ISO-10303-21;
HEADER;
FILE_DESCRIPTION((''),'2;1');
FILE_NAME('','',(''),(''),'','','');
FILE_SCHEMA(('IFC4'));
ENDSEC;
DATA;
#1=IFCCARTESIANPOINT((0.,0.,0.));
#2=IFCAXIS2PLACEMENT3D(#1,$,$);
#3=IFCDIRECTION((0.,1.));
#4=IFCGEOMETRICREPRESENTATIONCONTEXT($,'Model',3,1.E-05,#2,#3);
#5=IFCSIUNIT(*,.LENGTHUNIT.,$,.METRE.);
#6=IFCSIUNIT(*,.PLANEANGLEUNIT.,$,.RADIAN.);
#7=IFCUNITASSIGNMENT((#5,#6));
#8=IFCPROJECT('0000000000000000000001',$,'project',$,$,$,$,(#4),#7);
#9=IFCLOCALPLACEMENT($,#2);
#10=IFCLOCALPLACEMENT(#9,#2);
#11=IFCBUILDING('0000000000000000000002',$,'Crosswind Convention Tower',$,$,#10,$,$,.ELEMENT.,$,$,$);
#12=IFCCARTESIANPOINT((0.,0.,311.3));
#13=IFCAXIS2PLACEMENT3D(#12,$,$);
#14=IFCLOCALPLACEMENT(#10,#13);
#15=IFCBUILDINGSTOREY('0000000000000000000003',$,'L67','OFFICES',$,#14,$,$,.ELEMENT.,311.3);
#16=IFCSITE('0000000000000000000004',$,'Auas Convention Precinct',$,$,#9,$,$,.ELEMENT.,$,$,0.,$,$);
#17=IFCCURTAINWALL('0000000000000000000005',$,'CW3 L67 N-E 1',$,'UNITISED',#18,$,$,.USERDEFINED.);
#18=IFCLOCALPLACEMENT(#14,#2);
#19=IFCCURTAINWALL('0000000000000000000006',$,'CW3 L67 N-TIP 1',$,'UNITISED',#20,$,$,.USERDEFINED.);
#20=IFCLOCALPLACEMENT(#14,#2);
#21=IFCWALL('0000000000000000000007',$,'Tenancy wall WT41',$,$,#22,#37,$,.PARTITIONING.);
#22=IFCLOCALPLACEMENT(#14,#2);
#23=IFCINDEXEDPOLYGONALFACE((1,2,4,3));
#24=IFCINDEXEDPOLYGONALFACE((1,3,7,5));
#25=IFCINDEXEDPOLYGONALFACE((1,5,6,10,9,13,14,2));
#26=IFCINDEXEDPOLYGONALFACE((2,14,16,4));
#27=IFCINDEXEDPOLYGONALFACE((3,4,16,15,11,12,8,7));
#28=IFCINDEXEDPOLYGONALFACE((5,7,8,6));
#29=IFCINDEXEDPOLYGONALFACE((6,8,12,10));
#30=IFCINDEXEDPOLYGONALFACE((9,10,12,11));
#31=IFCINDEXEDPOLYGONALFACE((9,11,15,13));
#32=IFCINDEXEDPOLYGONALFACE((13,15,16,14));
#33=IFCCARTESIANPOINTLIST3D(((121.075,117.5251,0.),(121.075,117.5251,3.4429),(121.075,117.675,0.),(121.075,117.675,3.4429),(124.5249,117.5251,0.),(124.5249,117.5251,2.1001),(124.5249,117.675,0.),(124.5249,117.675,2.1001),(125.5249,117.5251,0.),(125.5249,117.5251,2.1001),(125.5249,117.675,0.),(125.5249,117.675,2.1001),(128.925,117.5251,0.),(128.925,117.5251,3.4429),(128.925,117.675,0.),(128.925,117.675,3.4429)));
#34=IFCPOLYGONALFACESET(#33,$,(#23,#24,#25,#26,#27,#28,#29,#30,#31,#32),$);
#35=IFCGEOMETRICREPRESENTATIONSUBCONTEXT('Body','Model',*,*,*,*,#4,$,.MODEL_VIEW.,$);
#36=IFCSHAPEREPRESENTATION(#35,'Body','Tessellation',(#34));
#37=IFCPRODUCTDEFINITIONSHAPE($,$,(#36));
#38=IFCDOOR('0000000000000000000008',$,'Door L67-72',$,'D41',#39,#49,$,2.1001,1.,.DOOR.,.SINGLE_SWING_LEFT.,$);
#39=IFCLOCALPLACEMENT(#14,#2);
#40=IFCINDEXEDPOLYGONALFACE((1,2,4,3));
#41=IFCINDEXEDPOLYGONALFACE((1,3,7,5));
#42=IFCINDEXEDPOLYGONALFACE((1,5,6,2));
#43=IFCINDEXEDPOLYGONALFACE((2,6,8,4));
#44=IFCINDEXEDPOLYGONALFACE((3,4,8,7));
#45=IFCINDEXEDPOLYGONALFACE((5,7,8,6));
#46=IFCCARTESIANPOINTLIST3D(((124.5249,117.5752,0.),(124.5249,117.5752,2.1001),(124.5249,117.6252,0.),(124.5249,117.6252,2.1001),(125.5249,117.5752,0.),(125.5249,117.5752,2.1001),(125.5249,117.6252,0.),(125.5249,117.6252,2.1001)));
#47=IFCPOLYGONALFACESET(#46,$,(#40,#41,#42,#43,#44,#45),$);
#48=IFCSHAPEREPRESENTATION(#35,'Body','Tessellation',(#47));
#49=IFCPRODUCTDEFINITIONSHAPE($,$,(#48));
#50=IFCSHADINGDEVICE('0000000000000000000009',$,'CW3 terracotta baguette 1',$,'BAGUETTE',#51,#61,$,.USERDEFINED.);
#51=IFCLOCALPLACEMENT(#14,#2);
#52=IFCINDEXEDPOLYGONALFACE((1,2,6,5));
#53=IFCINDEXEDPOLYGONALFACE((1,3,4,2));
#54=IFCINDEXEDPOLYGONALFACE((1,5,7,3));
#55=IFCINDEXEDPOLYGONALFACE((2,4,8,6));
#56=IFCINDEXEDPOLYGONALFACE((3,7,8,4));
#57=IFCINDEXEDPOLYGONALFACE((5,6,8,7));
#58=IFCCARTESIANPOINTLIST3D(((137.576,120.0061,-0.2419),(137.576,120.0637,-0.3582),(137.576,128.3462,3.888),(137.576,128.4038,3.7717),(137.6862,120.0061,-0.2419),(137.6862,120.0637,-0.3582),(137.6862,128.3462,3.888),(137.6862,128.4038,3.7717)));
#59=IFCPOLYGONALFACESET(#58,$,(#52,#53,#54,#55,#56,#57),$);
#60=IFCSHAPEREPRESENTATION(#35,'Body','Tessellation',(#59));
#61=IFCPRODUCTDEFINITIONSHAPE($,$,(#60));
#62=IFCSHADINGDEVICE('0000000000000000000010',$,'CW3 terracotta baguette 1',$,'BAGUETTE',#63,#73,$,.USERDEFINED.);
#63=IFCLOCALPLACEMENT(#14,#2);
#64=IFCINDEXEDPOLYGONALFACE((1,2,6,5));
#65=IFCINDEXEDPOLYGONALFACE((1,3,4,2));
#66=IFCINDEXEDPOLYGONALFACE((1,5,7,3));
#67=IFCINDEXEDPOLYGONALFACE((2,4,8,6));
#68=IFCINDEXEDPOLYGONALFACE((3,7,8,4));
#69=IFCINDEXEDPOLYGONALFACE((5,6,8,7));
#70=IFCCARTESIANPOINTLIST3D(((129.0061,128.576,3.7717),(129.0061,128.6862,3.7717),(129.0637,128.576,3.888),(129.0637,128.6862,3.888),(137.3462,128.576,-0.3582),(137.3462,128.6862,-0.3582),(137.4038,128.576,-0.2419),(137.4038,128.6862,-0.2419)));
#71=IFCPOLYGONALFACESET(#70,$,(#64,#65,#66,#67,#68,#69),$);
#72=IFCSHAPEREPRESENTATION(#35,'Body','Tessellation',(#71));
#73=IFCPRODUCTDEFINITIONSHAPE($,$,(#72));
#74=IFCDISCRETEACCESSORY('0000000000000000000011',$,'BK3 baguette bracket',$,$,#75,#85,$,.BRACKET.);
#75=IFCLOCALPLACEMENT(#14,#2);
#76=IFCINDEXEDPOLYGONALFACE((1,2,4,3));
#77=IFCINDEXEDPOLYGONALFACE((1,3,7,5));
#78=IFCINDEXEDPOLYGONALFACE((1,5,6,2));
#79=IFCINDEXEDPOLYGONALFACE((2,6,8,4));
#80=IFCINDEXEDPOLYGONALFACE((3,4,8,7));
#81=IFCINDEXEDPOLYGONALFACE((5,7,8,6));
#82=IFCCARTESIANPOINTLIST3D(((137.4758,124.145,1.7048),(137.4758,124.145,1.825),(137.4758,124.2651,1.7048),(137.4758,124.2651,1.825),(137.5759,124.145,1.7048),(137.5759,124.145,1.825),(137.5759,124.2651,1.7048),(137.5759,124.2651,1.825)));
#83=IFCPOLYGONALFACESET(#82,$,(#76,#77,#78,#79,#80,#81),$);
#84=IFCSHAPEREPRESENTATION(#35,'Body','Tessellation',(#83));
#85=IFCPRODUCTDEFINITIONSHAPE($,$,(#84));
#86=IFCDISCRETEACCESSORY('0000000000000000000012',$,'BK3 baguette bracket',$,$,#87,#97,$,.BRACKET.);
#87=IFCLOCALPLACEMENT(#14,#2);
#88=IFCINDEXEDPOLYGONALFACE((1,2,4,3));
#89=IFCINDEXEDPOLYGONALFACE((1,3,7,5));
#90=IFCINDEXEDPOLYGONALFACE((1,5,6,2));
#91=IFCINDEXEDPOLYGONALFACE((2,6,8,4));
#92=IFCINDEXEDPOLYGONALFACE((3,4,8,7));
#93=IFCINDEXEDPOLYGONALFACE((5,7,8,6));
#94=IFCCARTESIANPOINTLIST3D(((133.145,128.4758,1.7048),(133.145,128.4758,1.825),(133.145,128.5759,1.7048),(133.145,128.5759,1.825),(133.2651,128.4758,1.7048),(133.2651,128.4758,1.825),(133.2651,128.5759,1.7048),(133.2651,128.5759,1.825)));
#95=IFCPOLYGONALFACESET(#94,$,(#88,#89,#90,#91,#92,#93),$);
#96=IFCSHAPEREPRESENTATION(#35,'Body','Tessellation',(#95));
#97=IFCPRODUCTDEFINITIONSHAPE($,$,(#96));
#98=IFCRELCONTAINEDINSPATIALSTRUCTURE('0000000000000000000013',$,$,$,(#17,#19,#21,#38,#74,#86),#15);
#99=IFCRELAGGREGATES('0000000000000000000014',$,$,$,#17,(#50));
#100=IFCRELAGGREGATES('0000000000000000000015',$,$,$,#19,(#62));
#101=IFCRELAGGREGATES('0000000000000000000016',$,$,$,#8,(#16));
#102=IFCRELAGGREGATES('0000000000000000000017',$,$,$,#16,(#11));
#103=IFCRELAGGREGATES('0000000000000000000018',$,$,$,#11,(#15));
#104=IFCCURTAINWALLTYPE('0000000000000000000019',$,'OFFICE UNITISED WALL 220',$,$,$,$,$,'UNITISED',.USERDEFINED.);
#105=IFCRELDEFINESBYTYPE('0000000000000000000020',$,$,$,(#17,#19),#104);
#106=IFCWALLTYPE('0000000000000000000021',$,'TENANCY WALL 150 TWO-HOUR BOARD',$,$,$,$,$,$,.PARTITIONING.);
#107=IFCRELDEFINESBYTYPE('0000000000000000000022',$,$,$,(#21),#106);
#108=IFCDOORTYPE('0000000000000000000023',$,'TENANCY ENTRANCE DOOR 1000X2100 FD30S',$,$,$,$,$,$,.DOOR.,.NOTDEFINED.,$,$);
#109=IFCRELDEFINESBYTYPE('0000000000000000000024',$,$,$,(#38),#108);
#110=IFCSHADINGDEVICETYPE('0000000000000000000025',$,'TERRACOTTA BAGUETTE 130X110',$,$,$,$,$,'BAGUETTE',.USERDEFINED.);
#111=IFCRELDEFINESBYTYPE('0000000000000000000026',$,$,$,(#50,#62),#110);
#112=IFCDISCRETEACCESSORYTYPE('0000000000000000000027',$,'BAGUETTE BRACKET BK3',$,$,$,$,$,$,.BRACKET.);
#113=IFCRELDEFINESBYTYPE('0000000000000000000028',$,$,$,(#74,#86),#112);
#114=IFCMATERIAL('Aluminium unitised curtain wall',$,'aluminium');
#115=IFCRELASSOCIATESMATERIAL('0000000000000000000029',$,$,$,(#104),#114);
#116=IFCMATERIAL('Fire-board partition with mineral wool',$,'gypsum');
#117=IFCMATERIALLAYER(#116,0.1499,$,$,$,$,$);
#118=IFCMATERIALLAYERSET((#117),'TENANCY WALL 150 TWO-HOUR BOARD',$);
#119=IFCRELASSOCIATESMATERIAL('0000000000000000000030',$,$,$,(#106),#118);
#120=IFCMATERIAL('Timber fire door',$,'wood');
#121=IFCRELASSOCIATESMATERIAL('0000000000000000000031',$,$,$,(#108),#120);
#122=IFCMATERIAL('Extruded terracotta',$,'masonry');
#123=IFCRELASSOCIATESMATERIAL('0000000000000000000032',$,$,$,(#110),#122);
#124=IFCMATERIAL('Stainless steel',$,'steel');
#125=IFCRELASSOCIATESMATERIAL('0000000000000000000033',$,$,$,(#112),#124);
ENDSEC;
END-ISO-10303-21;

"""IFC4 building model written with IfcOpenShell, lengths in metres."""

from ifc_helpers import new_model, si_unit, direction, frame, frame_2d, origin, origin_2d, place, context, subcontext, project, spatial, rectangle, extrude, material, layer, layer_set, material_profile, profile_set, type_object, element, fill, aggregate, save


model = new_model("IFC4")

# Units and contexts
model_context = context("Model", 3, precision=1e-05, world=origin(), true_north=direction((0.0, 1.0)))
body_context = subcontext(model_context, "Body", "Model", "MODEL_VIEW")
ifc_project = project(units=[si_unit("LENGTHUNIT", "METRE"), si_unit("PLANEANGLEUNIT", "RADIAN")], contexts=[model_context])

# Site, building, storey
site_placement = place(None, origin())
site = spatial("IfcSite", under=ifc_project, at=site_placement, Name="Auas Convention Precinct", CompositionType="ELEMENT", RefElevation=0.0)
building_placement = place(site_placement, origin())
building = spatial("IfcBuilding", under=site, at=building_placement, Name="Crosswind Convention Tower", CompositionType="ELEMENT")
storey_placement = place(building_placement, frame((0.0, 0.0, 311.3)))
storey = spatial("IfcBuildingStorey", under=building, at=storey_placement, Name="L67", Description="OFFICES", CompositionType="ELEMENT", Elevation=311.3)

# Curtain wall
ifc_material_1 = material(Name="Aluminium unitised curtain wall", Category="aluminium")
curtain_wall_type = type_object("IfcCurtainWallType", Name="OFFICE UNITISED WALL 220", ElementType="UNITISED", PredefinedType="USERDEFINED", material=ifc_material_1)
curtain_wall_1_placement = place(storey_placement, origin())
curtain_wall_1 = element("IfcCurtainWall", 1, at=curtain_wall_1_placement, inside=storey, type_object=curtain_wall_type, Name="CW3 L67 N-E 1", ObjectType="UNITISED", PredefinedType="USERDEFINED")

# Curtain wall
curtain_wall_2_placement = place(storey_placement, origin())
curtain_wall_2 = element("IfcCurtainWall", 2, at=curtain_wall_2_placement, inside=storey, type_object=curtain_wall_type, Name="CW3 L67 N-TIP 1", ObjectType="UNITISED", PredefinedType="USERDEFINED")

# Wall, opening, door
ifc_material_2 = material(Name="Fire-board partition with mineral wool", Category="gypsum")
ifc_layer_1 = layer(ifc_material_2, 0.1499)
ifc_layer_set_1 = layer_set([ifc_layer_1], Name="TENANCY WALL 150 TWO-HOUR BOARD")
wall_type_1 = type_object("IfcWallType", Name="TENANCY WALL 150 TWO-HOUR BOARD", PredefinedType="PARTITIONING", material=ifc_layer_set_1)
wall_1_placement = place(storey_placement, frame((121.075, 117.6001, 0.0), z_axis=(0.0, 0.0, 1.0), x_axis=(1.0, 0.0, 0.0)))
wall_1 = element("IfcWall", 3, at=wall_1_placement, inside=storey, type_object=wall_type_1, Name="Tenancy wall WT41", PredefinedType="PARTITIONING", context=body_context, shape_type="SweptSolid", body=[
    extrude(rectangle(XDim=7.8501, YDim=0.1499, at=frame_2d((3.925, 0.0))), origin(), (0.0, 0.0, 1.0), 3.4429),
])
opening_placement = place(wall_1_placement, frame((3.45, 0.0, 0.0)))
opening = element("IfcOpeningElement", 4, at=opening_placement, cuts=wall_1, PredefinedType="OPENING", context=body_context, shape_type="SweptSolid", body=[
    extrude(rectangle(XDim=1.0, YDim=2.1001, at=frame_2d((0.5, 1.05))), frame((0.0, 0.085, 0.0), z_axis=(0.0, -1.0, 0.0), x_axis=(1.0, 0.0, 0.0)), (0.0, 0.0, 1.0), 0.1699),
])
ifc_material_3 = material(Name="Timber fire door", Category="wood")
door_type = type_object("IfcDoorType", Name="TENANCY ENTRANCE DOOR 1000X2100 FD30S", OperationType="NOTDEFINED", PredefinedType="DOOR", material=ifc_material_3)
door_placement = place(opening_placement, frame((1.0, 0.0, 0.0), z_axis=(0.0, 0.0, 1.0), x_axis=(-1.0, 0.0, 0.0)))
door = element("IfcDoor", 5, at=door_placement, inside=storey, type_object=door_type, Name="Door L67-72", ObjectType="D41", OperationType="SINGLE_SWING_LEFT", OverallHeight=2.1001, OverallWidth=1.0, PredefinedType="DOOR", context=body_context, shape_type="SweptSolid", body=[
    extrude(rectangle(XDim=1.0, YDim=2.1001, at=frame_2d((0.5, 1.05))), frame((0.0, 0.0249, 0.0), z_axis=(0.0, -1.0, 0.0), x_axis=(1.0, 0.0, 0.0)), (0.0, 0.0, 1.0), 0.05),
])
fill(opening, door)

# Shading devices
ifc_material_4 = material(Name="Extruded terracotta", Category="masonry")
ifc_material_profile_1 = material_profile(ifc_material_4, rectangle(XDim=0.1101, YDim=0.1299, at=origin_2d()), Name="TC 110X130")
ifc_profile_set_1 = profile_set([ifc_material_profile_1], Name="Extruded terracotta")
shading_device_type = type_object("IfcShadingDeviceType", Name="TERRACOTTA BAGUETTE 130X110", ElementType="BAGUETTE", PredefinedType="USERDEFINED", material=ifc_profile_set_1)
shading_device_1_placement = place(storey_placement, frame((137.6311, 120.0349, -0.3), z_axis=(0.0, 0.896147, 0.443758), x_axis=(-1.0, 0.0, 0.0)))
shading_device_1 = element("IfcShadingDevice", 6, at=shading_device_1_placement, type_object=shading_device_type, Name="CW3 terracotta baguette 1", ObjectType="BAGUETTE", PredefinedType="USERDEFINED", context=body_context, shape_type="SweptSolid", body=[
    extrude(rectangle(XDim=0.1101, YDim=0.1299, at=origin_2d()), origin(), (0.0, 0.0, 1.0), 9.3066),
])
aggregate(curtain_wall_1, [shading_device_1])
shading_device_2_placement = place(storey_placement, frame((137.375, 128.6311, -0.3), z_axis=(-0.896147, 0.0, 0.443758), x_axis=(0.0, -1.0, 0.0)))
shading_device_2 = element("IfcShadingDevice", 7, at=shading_device_2_placement, type_object=shading_device_type, Name="CW3 terracotta baguette 1", ObjectType="BAGUETTE", PredefinedType="USERDEFINED", context=body_context, shape_type="SweptSolid", body=[
    extrude(rectangle(XDim=0.1101, YDim=0.1299, at=origin_2d()), origin(), (0.0, 0.0, 1.0), 9.3066),
])
aggregate(curtain_wall_2, [shading_device_2])

# Discrete accessories
ifc_material_5 = material(Name="Stainless steel", Category="steel")
discrete_accessory_type = type_object("IfcDiscreteAccessoryType", Name="BAGUETTE BRACKET BK3", PredefinedType="BRACKET", material=ifc_material_5)
for number, where, z_axis, x_axis, name in (
    (8, (137.5259, 124.2051, 1.7048), (0.0, 0.0, 1.0), (0.0, 1.0, 0.0), "BK3 baguette bracket"),
    (9, (133.2051, 128.5259, 1.7048), (0.0, 0.0, 1.0), (-1.0, 0.0, 0.0), "BK3 baguette bracket"),
):
    element("IfcDiscreteAccessory", number, at=place(storey_placement, frame(where, z_axis=z_axis, x_axis=x_axis)), inside=storey, type_object=discrete_accessory_type, Name=name, PredefinedType="BRACKET", context=body_context, shape_type="SweptSolid", body=[
        extrude(rectangle(XDim=0.1201, YDim=0.1001, at=origin_2d()), origin(), (0.0, 0.0, 1.0), 0.1201),
    ])

save(model, "model.ifc")
